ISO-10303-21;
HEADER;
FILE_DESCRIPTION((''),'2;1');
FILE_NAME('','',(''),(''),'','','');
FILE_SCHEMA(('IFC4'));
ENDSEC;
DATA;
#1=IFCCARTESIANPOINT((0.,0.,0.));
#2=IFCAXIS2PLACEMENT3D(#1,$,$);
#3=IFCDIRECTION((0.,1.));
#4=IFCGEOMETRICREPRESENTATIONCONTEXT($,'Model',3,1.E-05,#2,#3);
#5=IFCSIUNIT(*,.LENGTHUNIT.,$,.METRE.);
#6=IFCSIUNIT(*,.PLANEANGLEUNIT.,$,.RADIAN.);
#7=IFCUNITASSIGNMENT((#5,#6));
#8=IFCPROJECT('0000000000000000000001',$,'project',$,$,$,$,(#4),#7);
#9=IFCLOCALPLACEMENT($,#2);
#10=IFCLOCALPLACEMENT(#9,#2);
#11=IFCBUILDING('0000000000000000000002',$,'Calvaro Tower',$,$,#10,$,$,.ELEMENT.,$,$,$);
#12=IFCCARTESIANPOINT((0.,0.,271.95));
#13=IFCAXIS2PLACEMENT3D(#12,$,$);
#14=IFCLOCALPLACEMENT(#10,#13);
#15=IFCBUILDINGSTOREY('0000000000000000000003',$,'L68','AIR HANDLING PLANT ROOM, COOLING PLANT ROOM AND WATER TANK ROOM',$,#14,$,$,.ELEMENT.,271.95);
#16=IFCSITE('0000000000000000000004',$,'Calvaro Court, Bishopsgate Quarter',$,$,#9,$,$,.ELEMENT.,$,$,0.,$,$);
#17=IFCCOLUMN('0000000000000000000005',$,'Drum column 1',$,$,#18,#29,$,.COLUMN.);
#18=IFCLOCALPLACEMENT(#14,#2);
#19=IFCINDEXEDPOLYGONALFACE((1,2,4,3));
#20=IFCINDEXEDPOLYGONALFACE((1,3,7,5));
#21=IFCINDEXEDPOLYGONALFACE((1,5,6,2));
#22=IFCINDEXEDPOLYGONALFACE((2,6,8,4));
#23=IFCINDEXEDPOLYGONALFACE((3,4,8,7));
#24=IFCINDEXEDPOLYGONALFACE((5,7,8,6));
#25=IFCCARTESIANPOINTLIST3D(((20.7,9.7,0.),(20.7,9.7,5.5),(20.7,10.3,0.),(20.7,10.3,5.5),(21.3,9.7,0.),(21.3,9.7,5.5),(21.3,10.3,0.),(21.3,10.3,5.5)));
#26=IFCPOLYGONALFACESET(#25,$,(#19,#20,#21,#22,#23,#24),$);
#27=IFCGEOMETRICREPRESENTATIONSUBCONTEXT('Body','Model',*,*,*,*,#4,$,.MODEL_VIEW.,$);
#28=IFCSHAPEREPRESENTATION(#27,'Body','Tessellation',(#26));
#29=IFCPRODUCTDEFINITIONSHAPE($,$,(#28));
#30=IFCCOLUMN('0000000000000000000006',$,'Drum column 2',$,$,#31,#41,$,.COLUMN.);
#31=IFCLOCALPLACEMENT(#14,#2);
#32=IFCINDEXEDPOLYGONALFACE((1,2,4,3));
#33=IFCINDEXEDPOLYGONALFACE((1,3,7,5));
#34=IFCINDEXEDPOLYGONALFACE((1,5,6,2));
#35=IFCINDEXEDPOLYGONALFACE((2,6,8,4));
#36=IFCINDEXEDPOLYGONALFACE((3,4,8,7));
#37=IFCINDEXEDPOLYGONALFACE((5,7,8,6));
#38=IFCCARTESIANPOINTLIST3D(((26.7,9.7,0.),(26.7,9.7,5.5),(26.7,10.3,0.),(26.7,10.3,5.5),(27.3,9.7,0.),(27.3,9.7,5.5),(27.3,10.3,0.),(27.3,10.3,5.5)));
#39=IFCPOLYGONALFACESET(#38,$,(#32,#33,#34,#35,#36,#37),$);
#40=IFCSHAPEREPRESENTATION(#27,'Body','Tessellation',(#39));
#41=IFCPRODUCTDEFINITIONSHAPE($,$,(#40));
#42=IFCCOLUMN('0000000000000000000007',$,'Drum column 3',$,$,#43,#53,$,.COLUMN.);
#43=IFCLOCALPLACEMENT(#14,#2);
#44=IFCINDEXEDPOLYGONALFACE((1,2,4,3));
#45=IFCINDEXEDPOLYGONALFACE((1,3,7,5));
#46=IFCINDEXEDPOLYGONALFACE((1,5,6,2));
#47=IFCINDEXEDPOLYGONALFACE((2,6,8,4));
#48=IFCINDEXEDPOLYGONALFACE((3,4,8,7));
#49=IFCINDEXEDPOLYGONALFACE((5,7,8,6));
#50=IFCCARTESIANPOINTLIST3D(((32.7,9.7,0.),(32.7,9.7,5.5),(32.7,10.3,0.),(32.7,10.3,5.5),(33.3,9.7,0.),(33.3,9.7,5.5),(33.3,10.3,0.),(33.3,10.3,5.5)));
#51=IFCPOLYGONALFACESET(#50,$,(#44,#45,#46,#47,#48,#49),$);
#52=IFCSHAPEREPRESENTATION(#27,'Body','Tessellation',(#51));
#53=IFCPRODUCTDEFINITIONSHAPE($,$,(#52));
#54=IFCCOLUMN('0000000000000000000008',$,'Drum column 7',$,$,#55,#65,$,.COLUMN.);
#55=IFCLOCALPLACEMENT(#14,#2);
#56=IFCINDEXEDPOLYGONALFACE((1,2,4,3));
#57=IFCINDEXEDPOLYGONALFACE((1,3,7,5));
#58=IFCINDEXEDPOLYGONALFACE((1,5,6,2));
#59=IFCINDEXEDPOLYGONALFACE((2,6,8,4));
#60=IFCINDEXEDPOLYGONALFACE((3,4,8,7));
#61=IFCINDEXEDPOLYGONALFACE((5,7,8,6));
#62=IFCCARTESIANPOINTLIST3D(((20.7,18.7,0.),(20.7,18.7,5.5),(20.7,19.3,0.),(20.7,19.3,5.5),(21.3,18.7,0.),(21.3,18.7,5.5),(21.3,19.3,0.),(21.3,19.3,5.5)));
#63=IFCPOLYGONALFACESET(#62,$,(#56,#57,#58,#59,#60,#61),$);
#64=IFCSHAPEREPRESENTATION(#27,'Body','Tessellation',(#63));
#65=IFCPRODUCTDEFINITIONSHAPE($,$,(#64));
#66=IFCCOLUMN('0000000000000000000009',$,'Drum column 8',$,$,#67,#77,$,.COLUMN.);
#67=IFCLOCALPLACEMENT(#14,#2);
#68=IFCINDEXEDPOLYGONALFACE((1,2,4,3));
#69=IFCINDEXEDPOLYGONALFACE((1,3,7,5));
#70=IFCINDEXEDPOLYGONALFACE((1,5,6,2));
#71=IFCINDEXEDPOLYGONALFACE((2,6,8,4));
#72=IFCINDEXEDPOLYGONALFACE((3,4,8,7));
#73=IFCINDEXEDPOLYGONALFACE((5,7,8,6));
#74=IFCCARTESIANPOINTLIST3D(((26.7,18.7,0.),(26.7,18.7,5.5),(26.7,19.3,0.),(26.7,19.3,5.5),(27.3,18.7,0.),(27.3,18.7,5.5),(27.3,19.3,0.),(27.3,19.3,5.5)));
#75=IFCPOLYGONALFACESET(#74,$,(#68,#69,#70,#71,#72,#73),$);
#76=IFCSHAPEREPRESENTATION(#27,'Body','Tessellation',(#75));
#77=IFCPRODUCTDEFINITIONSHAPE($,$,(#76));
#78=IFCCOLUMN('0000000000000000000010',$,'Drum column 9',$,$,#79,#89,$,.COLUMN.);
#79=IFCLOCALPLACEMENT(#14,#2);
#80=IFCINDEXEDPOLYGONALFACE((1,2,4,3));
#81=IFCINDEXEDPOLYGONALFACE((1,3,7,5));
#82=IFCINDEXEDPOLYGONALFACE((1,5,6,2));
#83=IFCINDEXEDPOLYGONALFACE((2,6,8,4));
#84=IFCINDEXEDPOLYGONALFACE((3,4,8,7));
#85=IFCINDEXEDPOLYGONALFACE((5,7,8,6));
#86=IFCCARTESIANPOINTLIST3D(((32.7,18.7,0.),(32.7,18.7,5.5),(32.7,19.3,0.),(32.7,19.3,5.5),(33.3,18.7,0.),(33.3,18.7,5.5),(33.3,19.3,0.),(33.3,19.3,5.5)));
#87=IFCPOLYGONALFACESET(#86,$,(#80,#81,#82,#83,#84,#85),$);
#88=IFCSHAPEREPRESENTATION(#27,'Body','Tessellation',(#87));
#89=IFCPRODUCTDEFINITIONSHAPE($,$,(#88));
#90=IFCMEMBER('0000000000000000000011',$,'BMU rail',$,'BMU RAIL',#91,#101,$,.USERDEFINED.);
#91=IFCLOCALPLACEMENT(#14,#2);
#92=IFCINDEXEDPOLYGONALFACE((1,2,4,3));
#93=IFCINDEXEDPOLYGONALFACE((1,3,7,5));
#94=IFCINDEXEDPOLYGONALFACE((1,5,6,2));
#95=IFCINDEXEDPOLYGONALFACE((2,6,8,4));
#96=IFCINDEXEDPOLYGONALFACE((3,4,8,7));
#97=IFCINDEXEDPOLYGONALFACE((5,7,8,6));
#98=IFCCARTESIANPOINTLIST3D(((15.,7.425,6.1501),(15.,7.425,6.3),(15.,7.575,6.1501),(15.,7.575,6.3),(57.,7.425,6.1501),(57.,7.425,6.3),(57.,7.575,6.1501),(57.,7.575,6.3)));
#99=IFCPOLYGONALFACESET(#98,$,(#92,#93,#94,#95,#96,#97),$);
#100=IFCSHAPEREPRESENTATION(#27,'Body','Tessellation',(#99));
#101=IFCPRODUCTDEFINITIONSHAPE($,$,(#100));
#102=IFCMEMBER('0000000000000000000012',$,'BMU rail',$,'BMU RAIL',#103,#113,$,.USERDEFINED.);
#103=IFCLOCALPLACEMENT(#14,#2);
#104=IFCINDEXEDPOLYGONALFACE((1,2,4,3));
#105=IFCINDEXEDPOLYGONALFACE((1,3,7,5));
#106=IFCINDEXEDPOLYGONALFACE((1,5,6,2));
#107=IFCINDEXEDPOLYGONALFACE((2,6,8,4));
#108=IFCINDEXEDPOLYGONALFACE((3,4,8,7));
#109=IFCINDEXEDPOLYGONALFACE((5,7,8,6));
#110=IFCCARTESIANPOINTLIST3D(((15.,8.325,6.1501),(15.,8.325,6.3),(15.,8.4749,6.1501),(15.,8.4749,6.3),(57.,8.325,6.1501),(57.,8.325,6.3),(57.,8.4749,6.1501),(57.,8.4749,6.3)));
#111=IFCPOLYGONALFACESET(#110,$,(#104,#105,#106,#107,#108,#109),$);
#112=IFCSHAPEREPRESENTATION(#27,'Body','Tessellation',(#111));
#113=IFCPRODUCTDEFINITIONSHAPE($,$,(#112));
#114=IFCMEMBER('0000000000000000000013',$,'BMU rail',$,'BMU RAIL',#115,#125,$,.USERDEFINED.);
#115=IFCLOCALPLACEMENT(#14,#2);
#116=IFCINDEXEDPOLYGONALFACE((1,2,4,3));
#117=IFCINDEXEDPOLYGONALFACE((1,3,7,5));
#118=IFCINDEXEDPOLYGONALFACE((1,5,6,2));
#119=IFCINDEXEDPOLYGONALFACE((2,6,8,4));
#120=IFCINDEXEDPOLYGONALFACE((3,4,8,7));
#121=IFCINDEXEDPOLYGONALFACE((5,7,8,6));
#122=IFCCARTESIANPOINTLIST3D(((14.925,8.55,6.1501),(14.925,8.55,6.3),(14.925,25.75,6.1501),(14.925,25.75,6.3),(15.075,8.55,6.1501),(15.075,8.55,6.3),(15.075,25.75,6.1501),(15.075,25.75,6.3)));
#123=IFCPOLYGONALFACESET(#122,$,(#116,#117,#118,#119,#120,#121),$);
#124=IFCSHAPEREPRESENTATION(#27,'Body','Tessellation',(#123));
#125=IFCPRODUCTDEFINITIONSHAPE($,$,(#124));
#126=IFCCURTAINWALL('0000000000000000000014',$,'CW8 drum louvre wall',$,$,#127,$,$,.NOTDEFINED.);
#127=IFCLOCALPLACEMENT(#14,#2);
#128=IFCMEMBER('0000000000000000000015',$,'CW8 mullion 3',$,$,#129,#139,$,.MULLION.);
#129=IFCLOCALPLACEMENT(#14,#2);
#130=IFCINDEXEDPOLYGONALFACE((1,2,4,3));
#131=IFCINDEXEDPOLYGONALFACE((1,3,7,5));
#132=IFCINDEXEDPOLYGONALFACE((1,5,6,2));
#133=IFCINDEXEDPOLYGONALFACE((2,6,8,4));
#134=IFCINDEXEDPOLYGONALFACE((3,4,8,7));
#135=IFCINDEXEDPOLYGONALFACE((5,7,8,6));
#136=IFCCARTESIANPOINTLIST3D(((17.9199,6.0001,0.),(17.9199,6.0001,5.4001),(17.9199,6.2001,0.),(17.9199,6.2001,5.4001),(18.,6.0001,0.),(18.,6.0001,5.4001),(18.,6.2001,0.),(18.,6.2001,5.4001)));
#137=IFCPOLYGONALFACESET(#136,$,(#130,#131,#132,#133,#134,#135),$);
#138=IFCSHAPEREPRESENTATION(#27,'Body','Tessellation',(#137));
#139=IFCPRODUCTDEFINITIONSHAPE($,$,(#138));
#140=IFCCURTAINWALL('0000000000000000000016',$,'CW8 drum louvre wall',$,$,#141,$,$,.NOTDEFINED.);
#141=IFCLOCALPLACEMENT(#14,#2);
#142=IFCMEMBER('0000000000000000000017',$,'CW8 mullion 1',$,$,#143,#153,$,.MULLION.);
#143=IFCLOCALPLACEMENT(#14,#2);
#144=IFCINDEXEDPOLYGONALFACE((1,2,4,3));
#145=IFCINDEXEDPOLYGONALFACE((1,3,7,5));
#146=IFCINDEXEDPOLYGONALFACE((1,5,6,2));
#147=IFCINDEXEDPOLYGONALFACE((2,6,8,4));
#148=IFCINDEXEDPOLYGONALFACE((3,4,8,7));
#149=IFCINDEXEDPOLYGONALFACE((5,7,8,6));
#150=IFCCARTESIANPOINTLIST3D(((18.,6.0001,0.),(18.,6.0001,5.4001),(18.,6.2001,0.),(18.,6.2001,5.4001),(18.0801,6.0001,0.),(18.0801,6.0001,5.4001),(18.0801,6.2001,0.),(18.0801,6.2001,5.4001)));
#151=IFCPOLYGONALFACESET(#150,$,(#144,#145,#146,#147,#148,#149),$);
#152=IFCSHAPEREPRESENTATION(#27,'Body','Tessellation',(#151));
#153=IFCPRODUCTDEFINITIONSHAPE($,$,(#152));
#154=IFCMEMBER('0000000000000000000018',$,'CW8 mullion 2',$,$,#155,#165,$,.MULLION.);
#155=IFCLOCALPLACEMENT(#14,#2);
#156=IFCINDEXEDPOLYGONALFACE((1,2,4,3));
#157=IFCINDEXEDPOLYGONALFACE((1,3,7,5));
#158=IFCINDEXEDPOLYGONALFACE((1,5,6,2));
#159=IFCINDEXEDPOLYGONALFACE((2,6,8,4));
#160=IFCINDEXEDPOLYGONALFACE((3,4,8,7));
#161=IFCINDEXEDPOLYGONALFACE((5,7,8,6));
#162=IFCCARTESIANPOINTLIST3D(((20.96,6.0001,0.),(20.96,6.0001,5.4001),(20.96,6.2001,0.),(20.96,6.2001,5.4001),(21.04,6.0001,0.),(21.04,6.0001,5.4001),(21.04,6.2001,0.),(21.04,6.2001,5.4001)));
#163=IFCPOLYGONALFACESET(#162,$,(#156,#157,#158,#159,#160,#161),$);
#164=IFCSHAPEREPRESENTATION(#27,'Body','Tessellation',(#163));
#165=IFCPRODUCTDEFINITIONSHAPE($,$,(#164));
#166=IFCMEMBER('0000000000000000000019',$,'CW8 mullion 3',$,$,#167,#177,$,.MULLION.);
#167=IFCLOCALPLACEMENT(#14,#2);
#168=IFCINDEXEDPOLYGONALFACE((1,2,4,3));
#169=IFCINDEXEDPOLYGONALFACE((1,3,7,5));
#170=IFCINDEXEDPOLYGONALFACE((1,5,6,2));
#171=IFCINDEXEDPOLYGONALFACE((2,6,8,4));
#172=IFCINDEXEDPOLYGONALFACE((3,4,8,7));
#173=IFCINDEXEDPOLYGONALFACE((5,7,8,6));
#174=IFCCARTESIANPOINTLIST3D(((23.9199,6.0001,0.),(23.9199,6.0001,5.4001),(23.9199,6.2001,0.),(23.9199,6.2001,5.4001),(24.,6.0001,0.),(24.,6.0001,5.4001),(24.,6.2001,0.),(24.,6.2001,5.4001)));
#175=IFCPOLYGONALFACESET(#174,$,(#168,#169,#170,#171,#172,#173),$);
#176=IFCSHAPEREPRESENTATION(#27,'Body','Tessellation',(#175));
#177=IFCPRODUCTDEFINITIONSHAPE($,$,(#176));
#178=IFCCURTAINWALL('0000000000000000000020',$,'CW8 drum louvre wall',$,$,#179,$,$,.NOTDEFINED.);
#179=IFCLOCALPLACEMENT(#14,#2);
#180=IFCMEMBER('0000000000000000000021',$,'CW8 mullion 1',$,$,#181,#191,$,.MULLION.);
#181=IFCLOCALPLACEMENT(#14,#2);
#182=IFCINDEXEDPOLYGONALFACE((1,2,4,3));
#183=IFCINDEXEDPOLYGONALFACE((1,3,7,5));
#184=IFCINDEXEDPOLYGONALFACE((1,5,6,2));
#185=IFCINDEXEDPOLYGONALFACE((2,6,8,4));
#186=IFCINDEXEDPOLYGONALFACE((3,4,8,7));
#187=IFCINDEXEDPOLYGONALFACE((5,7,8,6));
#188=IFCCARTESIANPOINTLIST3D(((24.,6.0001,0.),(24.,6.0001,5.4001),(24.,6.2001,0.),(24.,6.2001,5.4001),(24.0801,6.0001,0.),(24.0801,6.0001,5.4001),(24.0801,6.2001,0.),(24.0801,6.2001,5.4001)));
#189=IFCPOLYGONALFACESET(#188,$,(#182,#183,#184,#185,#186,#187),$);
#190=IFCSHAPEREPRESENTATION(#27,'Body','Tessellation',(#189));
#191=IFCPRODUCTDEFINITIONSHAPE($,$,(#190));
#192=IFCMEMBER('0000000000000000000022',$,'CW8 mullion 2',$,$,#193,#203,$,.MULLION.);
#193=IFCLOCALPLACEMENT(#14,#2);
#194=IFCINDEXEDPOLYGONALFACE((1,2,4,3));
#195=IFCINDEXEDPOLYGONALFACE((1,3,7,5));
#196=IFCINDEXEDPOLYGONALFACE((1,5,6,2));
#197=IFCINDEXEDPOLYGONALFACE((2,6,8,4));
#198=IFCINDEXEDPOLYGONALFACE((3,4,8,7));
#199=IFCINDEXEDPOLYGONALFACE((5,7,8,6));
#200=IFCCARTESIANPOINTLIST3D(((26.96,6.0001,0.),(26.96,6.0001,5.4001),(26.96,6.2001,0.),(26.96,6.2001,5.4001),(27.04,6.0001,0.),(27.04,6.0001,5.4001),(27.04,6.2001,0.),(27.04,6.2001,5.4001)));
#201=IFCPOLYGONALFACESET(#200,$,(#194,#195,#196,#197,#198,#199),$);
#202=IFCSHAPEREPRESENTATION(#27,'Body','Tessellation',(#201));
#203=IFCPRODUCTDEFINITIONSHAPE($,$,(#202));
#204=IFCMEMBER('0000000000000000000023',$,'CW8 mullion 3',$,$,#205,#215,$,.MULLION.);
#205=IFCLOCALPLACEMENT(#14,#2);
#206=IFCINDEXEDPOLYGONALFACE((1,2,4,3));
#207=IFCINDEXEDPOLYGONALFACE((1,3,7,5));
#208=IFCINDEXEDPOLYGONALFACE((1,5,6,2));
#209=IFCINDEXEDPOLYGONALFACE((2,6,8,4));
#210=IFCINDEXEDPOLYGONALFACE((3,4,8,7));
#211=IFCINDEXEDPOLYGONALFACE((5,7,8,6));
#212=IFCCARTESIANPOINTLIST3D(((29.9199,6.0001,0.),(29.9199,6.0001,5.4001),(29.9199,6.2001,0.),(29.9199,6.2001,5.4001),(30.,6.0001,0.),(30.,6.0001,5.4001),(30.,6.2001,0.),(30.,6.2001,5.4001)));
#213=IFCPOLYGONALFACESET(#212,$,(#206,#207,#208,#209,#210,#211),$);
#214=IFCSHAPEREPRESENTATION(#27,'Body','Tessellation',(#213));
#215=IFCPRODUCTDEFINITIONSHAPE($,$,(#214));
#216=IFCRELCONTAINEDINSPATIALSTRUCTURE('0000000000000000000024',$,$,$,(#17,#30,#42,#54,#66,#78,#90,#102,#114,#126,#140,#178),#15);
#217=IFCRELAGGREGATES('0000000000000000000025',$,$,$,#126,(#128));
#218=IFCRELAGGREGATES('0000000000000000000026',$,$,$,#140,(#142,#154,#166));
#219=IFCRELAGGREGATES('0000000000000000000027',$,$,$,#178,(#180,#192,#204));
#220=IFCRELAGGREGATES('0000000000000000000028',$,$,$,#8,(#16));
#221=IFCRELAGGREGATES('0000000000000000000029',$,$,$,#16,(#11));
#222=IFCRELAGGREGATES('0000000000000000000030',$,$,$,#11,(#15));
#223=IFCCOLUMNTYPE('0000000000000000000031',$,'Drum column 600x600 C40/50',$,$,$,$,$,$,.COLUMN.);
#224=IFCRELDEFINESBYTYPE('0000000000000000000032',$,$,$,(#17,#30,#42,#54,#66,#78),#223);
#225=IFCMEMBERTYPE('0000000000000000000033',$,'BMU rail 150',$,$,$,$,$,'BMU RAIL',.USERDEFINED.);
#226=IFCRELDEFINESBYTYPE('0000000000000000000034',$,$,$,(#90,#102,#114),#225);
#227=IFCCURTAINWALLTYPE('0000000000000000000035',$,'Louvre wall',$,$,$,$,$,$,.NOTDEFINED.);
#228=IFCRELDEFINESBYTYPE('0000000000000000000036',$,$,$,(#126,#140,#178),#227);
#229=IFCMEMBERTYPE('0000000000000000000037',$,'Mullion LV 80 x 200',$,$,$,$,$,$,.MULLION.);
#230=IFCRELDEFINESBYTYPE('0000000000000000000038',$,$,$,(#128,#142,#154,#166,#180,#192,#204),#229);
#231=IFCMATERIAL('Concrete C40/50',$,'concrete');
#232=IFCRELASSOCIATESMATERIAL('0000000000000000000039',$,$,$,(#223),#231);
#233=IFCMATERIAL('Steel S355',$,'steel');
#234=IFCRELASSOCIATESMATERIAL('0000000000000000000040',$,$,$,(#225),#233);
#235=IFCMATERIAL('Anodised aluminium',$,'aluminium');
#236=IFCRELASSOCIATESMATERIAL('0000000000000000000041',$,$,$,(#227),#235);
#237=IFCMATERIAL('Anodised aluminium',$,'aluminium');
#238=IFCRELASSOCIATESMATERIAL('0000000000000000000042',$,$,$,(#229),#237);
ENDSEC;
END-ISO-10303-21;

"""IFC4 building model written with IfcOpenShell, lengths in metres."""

from ifc_helpers import new_model, si_unit, direction, frame, origin, origin_2d, place, context, subcontext, project, spatial, rectangle, extrude, material, material_profile, profile_set, type_object, element, aggregate, save


model = new_model("IFC4")

# Units and contexts
model_context = context("Model", 3, precision=1e-05, world=origin(), true_north=direction((0.0, 1.0)))
body_context = subcontext(model_context, "Body", "Model", "MODEL_VIEW")
ifc_project = project(units=[si_unit("LENGTHUNIT", "METRE"), si_unit("PLANEANGLEUNIT", "RADIAN")], contexts=[model_context])

# Site, building, storey
site_placement = place(None, origin())
site = spatial("IfcSite", under=ifc_project, at=site_placement, Name="Calvaro Court, Bishopsgate Quarter", CompositionType="ELEMENT", RefElevation=0.0)
building_placement = place(site_placement, origin())
building = spatial("IfcBuilding", under=site, at=building_placement, Name="Calvaro Tower", CompositionType="ELEMENT")
storey_placement = place(building_placement, frame((0.0, 0.0, 271.95)))
storey = spatial("IfcBuildingStorey", under=building, at=storey_placement, Name="L68", Description="AIR HANDLING PLANT ROOM, COOLING PLANT ROOM AND WATER TANK ROOM", CompositionType="ELEMENT", Elevation=271.95)

# Columns
ifc_material_1 = material(Name="Concrete C40/50", Category="concrete")
ifc_material_profile_1 = material_profile(ifc_material_1, rectangle(XDim=0.6001, YDim=0.6001, at=origin_2d()), Name="RC 600x600")
ifc_profile_set_1 = profile_set([ifc_material_profile_1], Name="Concrete C40/50")
column_type = type_object("IfcColumnType", Name="Drum column 600x600 C40/50", PredefinedType="COLUMN", material=ifc_profile_set_1)
for number, where, z_axis, x_axis, name in (
    (1, (21.0, 10.0, 0.0), (0.0, 0.0, 1.0), (1.0, 0.0, 0.0), "Drum column 1"),
    (2, (27.0, 10.0, 0.0), (0.0, 0.0, 1.0), (1.0, 0.0, 0.0), "Drum column 2"),
    (3, (33.0, 10.0, 0.0), (0.0, 0.0, 1.0), (1.0, 0.0, 0.0), "Drum column 3"),
    (4, (21.0, 19.0, 0.0), (0.0, 0.0, 1.0), (1.0, 0.0, 0.0), "Drum column 7"),
    (5, (27.0, 19.0, 0.0), (0.0, 0.0, 1.0), (1.0, 0.0, 0.0), "Drum column 8"),
    (6, (33.0, 19.0, 0.0), (0.0, 0.0, 1.0), (1.0, 0.0, 0.0), "Drum column 9"),
):
    element("IfcColumn", number, at=place(storey_placement, frame(where, z_axis=z_axis, x_axis=x_axis)), inside=storey, type_object=column_type, Name=name, PredefinedType="COLUMN", context=body_context, shape_type="SweptSolid", body=[
        extrude(rectangle(XDim=0.6001, YDim=0.6001, at=origin_2d()), origin(), (0.0, 0.0, 1.0), 5.5),
    ])

# Members
ifc_material_2 = material(Name="Steel S355", Category="steel")
ifc_material_profile_2 = material_profile(ifc_material_2, rectangle(XDim=0.1499, YDim=0.1499, at=origin_2d()), Name="BMU rail 150")
ifc_profile_set_2 = profile_set([ifc_material_profile_2], Name="Steel S355")
member_type_1 = type_object("IfcMemberType", Name="BMU rail 150", ElementType="BMU RAIL", PredefinedType="USERDEFINED", material=ifc_profile_set_2)
for number, where, z_axis, x_axis, name in (
    (7, (15.0, 7.5, 6.2251), (1.0, 0.0, 0.0), (0.0, 1.0, 0.0), "BMU rail"),
    (8, (15.0, 8.3999, 6.2251), (1.0, 0.0, 0.0), (0.0, 1.0, 0.0), "BMU rail"),
):
    element("IfcMember", number, at=place(storey_placement, frame(where, z_axis=z_axis, x_axis=x_axis)), inside=storey, type_object=member_type_1, Name=name, ObjectType="BMU RAIL", PredefinedType="USERDEFINED", context=body_context, shape_type="SweptSolid", body=[
        extrude(rectangle(XDim=0.1499, YDim=0.1499, at=origin_2d()), origin(), (0.0, 0.0, 1.0), 42.0),
    ])
member_1_placement = place(storey_placement, frame((15.0, 8.55, 6.2251), z_axis=(0.0, 1.0, 0.0), x_axis=(-1.0, 0.0, 0.0)))
element("IfcMember", 9, at=member_1_placement, inside=storey, type_object=member_type_1, Name="BMU rail", ObjectType="BMU RAIL", PredefinedType="USERDEFINED", context=body_context, shape_type="SweptSolid", body=[
    extrude(rectangle(XDim=0.1499, YDim=0.1499, at=origin_2d()), origin(), (0.0, 0.0, 1.0), 17.2),
])

# Curtain wall, member
ifc_material_3 = material(Name="Anodised aluminium", Category="aluminium")
curtain_wall_type = type_object("IfcCurtainWallType", Name="Louvre wall", PredefinedType="NOTDEFINED", material=ifc_material_3)
curtain_wall_1_placement = place(storey_placement, origin())
curtain_wall_1 = element("IfcCurtainWall", 10, at=curtain_wall_1_placement, inside=storey, type_object=curtain_wall_type, Name="CW8 drum louvre wall", PredefinedType="NOTDEFINED")
ifc_material_4 = material(Name="Anodised aluminium", Category="aluminium")
ifc_material_profile_3 = material_profile(ifc_material_4, rectangle(XDim=0.2, YDim=0.0801, at=origin_2d()), Name="Mullion LV 80 x 200")
ifc_profile_set_3 = profile_set([ifc_material_profile_3], Name="Anodised aluminium")
member_type_2 = type_object("IfcMemberType", Name="Mullion LV 80 x 200", PredefinedType="MULLION", material=ifc_profile_set_3)
member_2_placement = place(storey_placement, frame((17.96, 6.1001, 0.0), z_axis=(0.0, 0.0, 1.0), x_axis=(0.0, 1.0, 0.0)))
member_2 = element("IfcMember", 11, at=member_2_placement, type_object=member_type_2, Name="CW8 mullion 3", PredefinedType="MULLION", context=body_context, shape_type="SweptSolid", body=[
    extrude(rectangle(XDim=0.2, YDim=0.0801, at=origin_2d()), origin(), (0.0, 0.0, 1.0), 5.4001),
])

# Curtain walls, members
curtain_wall_2_placement = place(storey_placement, origin())
curtain_wall_2 = element("IfcCurtainWall", 12, at=curtain_wall_2_placement, inside=storey, type_object=curtain_wall_type, Name="CW8 drum louvre wall", PredefinedType="NOTDEFINED")
member_3_placement = place(storey_placement, frame((18.04, 6.1001, 0.0), z_axis=(0.0, 0.0, 1.0), x_axis=(0.0, 1.0, 0.0)))
member_3 = element("IfcMember", 13, at=member_3_placement, type_object=member_type_2, Name="CW8 mullion 1", PredefinedType="MULLION", context=body_context, shape_type="SweptSolid", body=[
    extrude(rectangle(XDim=0.2, YDim=0.0801, at=origin_2d()), origin(), (0.0, 0.0, 1.0), 5.4001),
])
member_4_placement = place(storey_placement, frame((21.0, 6.1001, 0.0), z_axis=(0.0, 0.0, 1.0), x_axis=(0.0, 1.0, 0.0)))
member_4 = element("IfcMember", 14, at=member_4_placement, type_object=member_type_2, Name="CW8 mullion 2", PredefinedType="MULLION", context=body_context, shape_type="SweptSolid", body=[
    extrude(rectangle(XDim=0.2, YDim=0.0801, at=origin_2d()), origin(), (0.0, 0.0, 1.0), 5.4001),
])
member_5_placement = place(storey_placement, frame((23.96, 6.1001, 0.0), z_axis=(0.0, 0.0, 1.0), x_axis=(0.0, 1.0, 0.0)))
member_5 = element("IfcMember", 15, at=member_5_placement, type_object=member_type_2, Name="CW8 mullion 3", PredefinedType="MULLION", context=body_context, shape_type="SweptSolid", body=[
    extrude(rectangle(XDim=0.2, YDim=0.0801, at=origin_2d()), origin(), (0.0, 0.0, 1.0), 5.4001),
])
curtain_wall_3_placement = place(storey_placement, origin())
curtain_wall_3 = element("IfcCurtainWall", 16, at=curtain_wall_3_placement, inside=storey, type_object=curtain_wall_type, Name="CW8 drum louvre wall", PredefinedType="NOTDEFINED")
member_6_placement = place(storey_placement, frame((24.04, 6.1001, 0.0), z_axis=(0.0, 0.0, 1.0), x_axis=(0.0, 1.0, 0.0)))
member_6 = element("IfcMember", 17, at=member_6_placement, type_object=member_type_2, Name="CW8 mullion 1", PredefinedType="MULLION", context=body_context, shape_type="SweptSolid", body=[
    extrude(rectangle(XDim=0.2, YDim=0.0801, at=origin_2d()), origin(), (0.0, 0.0, 1.0), 5.4001),
])
member_7_placement = place(storey_placement, frame((27.0, 6.1001, 0.0), z_axis=(0.0, 0.0, 1.0), x_axis=(0.0, 1.0, 0.0)))
member_7 = element("IfcMember", 18, at=member_7_placement, type_object=member_type_2, Name="CW8 mullion 2", PredefinedType="MULLION", context=body_context, shape_type="SweptSolid", body=[
    extrude(rectangle(XDim=0.2, YDim=0.0801, at=origin_2d()), origin(), (0.0, 0.0, 1.0), 5.4001),
])
member_8_placement = place(storey_placement, frame((29.96, 6.1001, 0.0), z_axis=(0.0, 0.0, 1.0), x_axis=(0.0, 1.0, 0.0)))
member_8 = element("IfcMember", 19, at=member_8_placement, type_object=member_type_2, Name="CW8 mullion 3", PredefinedType="MULLION", context=body_context, shape_type="SweptSolid", body=[
    extrude(rectangle(XDim=0.2, YDim=0.0801, at=origin_2d()), origin(), (0.0, 0.0, 1.0), 5.4001),
])

aggregate(curtain_wall_1, [member_2])
aggregate(curtain_wall_2, [member_3, member_4, member_5])
aggregate(curtain_wall_3, [member_6, member_7, member_8])

save(model, "model.ifc")
